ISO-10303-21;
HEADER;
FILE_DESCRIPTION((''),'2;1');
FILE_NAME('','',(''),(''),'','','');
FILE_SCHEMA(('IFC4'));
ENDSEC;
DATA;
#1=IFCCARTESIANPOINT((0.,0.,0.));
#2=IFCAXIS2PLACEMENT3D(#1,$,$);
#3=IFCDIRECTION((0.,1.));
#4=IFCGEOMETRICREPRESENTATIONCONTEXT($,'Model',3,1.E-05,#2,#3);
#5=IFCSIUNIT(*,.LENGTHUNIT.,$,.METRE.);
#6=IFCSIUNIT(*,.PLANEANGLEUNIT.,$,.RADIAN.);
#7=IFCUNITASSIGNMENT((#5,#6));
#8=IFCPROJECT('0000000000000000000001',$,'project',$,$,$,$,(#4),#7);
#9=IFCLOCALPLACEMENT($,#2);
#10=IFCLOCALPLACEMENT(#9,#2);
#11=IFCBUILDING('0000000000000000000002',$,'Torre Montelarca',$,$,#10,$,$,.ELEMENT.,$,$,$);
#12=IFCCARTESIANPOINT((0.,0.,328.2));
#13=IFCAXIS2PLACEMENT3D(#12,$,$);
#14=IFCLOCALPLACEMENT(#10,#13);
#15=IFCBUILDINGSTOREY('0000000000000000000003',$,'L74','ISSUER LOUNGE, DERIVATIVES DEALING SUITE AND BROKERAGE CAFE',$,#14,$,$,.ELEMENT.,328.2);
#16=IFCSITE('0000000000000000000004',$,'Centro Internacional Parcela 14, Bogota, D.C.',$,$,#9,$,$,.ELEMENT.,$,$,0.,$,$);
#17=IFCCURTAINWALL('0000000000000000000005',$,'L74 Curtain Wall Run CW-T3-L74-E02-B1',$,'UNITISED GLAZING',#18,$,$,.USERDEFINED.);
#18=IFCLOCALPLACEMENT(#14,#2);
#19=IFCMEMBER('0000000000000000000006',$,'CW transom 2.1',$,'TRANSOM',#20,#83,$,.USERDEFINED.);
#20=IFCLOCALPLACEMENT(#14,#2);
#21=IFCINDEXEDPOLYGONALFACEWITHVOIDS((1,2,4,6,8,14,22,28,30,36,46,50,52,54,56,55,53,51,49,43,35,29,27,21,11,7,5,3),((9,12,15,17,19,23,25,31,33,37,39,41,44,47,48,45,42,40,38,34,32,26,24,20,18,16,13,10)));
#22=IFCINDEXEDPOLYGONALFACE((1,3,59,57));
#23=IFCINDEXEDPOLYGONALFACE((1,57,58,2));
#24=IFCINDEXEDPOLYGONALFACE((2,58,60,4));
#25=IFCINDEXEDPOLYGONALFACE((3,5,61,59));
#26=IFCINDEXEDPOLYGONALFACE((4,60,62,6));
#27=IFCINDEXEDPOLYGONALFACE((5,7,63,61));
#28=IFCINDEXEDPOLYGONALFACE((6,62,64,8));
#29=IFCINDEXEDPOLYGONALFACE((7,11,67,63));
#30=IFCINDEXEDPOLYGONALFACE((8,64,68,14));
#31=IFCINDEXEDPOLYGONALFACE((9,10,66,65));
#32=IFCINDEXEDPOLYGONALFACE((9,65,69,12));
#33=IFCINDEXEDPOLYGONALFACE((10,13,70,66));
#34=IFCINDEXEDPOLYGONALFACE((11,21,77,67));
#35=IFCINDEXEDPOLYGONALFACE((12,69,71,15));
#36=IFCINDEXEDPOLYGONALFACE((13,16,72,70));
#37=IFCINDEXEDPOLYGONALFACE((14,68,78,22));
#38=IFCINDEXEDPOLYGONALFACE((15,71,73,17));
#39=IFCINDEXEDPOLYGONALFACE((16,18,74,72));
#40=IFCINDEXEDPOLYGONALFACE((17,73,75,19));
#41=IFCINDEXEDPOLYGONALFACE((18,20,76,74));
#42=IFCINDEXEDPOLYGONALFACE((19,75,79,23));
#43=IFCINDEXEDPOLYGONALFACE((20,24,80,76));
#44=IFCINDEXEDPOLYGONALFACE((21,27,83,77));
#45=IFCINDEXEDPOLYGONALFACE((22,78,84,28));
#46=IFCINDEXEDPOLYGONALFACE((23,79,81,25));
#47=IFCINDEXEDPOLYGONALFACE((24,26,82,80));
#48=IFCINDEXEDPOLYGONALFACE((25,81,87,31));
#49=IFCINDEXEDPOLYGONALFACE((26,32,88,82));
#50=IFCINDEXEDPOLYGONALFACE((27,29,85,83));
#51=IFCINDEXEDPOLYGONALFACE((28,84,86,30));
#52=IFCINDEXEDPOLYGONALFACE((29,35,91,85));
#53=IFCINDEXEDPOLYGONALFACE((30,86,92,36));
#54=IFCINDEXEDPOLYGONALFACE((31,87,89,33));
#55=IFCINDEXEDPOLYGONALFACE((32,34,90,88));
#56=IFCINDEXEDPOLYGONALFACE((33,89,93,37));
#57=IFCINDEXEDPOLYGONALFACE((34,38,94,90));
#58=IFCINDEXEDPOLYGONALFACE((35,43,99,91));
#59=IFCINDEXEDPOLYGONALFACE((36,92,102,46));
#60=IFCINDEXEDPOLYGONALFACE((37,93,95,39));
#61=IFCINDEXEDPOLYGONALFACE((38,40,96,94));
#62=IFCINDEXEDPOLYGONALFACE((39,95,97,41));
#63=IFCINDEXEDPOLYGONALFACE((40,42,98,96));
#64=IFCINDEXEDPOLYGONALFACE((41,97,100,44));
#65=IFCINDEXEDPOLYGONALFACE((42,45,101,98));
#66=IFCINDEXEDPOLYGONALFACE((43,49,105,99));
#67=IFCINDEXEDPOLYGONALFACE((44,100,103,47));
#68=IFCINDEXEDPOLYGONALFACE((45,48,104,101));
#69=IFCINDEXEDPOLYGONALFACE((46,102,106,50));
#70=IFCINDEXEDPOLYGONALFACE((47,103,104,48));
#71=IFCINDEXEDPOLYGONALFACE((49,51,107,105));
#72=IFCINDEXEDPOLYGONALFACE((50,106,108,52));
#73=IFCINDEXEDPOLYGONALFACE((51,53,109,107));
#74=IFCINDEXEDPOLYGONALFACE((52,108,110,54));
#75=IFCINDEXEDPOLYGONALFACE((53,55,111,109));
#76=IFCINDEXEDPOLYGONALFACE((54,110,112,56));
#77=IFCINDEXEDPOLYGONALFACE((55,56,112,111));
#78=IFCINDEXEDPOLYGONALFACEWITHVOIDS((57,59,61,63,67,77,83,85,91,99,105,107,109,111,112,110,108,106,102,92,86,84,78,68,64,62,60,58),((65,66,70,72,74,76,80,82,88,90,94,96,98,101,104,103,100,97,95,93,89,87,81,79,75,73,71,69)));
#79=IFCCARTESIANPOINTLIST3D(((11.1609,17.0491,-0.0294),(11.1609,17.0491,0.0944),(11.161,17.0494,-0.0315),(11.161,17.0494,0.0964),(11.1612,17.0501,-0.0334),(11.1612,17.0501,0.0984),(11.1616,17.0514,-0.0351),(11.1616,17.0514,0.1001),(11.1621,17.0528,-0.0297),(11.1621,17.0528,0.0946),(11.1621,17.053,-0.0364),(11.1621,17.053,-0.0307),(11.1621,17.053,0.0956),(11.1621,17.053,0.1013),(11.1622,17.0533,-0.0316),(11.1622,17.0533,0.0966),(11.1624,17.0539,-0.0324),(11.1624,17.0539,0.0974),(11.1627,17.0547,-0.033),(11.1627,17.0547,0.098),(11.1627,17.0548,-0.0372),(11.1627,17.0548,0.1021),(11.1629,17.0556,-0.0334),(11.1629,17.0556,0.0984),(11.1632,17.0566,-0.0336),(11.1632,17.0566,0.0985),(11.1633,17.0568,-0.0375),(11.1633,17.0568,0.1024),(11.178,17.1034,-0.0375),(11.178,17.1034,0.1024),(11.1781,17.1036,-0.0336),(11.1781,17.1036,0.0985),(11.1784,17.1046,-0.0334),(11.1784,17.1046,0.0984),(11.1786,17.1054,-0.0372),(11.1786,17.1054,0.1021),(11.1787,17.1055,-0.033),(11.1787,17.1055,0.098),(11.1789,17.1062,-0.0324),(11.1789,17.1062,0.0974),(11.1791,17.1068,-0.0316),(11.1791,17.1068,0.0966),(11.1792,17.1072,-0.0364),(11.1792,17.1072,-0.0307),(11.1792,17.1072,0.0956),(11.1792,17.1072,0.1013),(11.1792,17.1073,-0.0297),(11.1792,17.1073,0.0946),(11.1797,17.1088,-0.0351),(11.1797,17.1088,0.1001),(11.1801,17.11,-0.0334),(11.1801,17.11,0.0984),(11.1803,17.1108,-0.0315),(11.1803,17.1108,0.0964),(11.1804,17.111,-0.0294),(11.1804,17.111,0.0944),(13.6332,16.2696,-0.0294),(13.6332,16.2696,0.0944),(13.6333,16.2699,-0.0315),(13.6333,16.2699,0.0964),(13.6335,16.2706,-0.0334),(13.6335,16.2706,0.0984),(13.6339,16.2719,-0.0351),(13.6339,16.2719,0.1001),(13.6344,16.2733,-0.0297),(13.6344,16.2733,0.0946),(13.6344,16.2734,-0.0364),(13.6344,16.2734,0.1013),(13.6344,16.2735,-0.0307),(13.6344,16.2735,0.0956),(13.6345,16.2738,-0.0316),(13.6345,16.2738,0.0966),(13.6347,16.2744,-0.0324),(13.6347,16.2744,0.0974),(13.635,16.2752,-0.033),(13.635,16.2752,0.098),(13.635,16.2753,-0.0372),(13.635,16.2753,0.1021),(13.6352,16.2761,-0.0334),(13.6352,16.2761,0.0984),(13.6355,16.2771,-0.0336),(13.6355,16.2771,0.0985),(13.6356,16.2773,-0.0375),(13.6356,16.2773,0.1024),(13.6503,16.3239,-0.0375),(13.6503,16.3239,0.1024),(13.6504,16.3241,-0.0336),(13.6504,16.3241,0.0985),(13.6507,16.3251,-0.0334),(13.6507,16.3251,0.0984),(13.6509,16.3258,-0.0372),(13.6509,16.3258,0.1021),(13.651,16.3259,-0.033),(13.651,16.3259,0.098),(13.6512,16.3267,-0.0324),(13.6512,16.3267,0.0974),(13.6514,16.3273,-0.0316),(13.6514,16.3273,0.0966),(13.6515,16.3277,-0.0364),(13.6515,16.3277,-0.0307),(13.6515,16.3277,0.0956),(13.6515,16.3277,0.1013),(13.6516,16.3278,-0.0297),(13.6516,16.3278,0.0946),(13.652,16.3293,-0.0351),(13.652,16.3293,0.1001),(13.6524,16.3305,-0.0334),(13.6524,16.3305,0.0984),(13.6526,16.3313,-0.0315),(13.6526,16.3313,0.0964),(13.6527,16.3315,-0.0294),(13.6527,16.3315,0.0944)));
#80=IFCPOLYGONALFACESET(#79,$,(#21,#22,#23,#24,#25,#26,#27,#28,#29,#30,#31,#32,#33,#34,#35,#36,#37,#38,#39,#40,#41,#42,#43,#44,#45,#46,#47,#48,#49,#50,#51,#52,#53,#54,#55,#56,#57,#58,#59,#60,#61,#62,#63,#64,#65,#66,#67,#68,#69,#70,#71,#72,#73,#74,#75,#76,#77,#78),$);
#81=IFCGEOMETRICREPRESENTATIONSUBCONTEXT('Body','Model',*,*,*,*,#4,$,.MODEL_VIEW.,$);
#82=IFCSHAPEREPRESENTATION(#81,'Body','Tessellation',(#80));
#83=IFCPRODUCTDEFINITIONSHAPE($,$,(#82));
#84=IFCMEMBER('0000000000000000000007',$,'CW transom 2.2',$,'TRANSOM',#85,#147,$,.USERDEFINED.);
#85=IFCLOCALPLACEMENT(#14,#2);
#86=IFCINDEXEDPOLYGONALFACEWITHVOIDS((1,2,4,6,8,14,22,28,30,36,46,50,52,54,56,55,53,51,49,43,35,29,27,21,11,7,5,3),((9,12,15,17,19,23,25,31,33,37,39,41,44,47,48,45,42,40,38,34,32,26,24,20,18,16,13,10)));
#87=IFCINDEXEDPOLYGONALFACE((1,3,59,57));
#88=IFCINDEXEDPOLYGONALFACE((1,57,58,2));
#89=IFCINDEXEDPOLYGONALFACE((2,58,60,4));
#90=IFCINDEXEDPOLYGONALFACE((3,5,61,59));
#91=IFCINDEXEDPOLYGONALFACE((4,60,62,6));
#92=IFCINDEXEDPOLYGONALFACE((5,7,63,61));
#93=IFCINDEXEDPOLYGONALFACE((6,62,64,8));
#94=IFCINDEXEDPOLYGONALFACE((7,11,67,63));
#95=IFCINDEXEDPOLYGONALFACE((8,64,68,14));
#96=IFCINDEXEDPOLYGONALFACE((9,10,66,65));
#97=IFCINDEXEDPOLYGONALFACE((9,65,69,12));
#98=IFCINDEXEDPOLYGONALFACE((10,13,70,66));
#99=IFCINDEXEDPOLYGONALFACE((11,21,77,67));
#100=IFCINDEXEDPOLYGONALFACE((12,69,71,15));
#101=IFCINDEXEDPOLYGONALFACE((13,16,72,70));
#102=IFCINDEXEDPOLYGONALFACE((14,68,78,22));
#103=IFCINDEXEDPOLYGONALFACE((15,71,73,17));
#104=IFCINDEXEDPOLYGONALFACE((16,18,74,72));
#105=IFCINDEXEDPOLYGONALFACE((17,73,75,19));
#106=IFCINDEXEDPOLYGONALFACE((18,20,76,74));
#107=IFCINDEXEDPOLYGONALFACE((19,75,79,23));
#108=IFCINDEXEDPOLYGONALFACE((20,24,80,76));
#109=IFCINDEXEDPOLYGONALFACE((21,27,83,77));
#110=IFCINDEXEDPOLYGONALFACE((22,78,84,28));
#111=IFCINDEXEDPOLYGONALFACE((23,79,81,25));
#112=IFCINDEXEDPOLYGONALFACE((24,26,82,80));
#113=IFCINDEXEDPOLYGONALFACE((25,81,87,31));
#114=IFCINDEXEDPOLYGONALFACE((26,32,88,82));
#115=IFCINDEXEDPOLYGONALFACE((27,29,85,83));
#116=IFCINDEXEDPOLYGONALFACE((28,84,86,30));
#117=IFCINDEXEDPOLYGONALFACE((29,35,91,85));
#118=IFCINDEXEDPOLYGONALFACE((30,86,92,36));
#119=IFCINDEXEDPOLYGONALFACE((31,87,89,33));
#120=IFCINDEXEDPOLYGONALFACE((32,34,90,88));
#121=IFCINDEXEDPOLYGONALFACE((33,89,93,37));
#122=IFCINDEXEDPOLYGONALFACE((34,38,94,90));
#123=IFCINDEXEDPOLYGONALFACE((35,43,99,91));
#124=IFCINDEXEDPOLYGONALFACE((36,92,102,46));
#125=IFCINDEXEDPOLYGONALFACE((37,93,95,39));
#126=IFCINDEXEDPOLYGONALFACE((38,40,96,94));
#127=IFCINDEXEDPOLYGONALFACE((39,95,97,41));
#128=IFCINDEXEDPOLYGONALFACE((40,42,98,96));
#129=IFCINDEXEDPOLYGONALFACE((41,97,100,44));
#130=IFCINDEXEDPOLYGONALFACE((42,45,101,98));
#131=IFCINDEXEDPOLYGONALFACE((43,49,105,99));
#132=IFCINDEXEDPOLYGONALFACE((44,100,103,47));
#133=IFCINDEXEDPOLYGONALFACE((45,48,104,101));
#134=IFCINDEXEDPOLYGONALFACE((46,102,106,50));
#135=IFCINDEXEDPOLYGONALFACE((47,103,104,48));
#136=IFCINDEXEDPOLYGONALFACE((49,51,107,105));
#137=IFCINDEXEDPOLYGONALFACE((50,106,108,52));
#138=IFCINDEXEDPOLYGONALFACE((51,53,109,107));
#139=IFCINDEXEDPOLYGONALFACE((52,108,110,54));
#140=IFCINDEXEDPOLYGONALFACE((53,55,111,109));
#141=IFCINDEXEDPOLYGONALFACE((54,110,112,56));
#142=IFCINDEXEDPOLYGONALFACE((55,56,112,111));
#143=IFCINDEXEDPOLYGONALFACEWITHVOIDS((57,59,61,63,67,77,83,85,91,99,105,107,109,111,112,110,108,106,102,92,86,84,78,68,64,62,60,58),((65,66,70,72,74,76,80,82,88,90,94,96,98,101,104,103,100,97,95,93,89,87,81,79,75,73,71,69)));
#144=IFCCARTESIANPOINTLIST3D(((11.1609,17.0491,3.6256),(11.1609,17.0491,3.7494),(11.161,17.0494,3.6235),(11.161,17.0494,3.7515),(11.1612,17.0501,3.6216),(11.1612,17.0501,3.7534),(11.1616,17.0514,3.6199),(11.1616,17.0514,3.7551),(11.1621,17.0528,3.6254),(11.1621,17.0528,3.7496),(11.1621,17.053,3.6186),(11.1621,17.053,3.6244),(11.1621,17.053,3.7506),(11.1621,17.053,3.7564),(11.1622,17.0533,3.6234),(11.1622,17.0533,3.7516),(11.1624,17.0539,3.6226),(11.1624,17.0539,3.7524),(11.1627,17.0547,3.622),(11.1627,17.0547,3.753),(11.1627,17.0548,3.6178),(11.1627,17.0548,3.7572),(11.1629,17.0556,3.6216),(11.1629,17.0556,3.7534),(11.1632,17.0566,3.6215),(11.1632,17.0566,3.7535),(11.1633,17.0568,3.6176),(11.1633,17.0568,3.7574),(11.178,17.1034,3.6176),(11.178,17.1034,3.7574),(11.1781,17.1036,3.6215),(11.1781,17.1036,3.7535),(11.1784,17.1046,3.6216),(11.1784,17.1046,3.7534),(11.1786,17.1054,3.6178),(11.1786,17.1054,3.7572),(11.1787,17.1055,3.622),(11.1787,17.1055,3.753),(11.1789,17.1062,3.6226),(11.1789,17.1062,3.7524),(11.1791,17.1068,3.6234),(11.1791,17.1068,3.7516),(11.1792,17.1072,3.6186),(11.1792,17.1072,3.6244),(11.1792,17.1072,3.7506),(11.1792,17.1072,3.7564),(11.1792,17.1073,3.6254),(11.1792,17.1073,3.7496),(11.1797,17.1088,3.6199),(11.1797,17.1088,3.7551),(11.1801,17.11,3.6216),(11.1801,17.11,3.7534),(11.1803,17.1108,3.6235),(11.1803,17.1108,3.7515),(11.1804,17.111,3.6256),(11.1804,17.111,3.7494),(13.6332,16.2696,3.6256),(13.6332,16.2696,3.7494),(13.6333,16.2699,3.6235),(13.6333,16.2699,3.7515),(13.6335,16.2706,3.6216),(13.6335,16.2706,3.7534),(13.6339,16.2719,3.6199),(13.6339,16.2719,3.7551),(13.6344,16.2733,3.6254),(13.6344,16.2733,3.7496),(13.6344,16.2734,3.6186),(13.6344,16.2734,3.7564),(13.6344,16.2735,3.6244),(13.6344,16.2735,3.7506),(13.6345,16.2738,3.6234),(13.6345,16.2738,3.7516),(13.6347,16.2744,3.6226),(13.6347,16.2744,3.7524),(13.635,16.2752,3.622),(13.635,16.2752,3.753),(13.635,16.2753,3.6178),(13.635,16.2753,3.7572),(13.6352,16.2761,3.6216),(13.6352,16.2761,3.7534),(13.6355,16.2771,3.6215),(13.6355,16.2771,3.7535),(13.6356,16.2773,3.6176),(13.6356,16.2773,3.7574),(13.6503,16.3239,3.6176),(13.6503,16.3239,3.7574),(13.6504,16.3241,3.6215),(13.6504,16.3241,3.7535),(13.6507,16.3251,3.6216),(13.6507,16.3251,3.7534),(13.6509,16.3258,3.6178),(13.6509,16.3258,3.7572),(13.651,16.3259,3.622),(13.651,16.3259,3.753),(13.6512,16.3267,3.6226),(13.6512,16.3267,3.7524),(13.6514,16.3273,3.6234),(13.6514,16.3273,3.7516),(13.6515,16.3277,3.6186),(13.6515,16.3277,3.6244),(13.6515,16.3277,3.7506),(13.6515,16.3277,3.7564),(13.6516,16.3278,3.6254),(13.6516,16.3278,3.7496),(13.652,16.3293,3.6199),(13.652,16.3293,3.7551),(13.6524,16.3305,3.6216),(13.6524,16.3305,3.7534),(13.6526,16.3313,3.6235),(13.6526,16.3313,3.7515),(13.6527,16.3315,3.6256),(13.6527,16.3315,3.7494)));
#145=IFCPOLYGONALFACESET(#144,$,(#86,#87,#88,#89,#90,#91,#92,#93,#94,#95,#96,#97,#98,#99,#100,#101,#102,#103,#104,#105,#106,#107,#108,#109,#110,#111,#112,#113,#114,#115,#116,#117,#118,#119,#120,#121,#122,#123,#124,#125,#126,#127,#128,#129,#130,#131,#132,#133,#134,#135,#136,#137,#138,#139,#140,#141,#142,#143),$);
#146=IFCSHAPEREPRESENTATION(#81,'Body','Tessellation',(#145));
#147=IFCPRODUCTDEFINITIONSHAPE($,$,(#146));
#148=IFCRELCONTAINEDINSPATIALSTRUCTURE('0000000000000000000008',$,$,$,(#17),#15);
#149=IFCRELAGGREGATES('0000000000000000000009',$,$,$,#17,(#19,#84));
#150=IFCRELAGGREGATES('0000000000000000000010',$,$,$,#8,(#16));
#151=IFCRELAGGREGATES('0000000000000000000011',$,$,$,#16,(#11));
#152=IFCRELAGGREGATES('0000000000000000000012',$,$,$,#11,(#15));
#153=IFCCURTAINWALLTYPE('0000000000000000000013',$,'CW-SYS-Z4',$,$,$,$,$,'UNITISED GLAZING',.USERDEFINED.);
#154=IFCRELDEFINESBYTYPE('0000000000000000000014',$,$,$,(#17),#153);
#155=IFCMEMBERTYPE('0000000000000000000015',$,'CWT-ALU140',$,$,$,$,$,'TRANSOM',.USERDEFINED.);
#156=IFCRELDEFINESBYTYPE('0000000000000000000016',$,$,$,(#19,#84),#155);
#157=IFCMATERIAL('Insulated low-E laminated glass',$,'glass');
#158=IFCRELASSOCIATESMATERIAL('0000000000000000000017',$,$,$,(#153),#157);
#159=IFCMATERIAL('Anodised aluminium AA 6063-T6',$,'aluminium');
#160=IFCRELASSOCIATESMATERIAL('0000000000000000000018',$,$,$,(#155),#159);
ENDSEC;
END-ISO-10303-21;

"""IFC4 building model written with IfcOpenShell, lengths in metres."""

from ifc_helpers import new_model, si_unit, direction, frame, origin, origin_2d, place, context, subcontext, project, spatial, hollow_rectangle, extrude, source, transform, mapped, material, material_profile, profile_set, type_object, element, aggregate, save


model = new_model("IFC4")

# Units and contexts
model_context = context("Model", 3, precision=1e-05, world=origin(), true_north=direction((0.0, 1.0)))
body_context = subcontext(model_context, "Body", "Model", "MODEL_VIEW")
ifc_project = project(units=[si_unit("LENGTHUNIT", "METRE"), si_unit("PLANEANGLEUNIT", "RADIAN")], contexts=[model_context])

# Site, building, storey
site_placement = place(None, origin())
site = spatial("IfcSite", under=ifc_project, at=site_placement, Name="Centro Internacional Parcela 14, Bogota, D.C.", CompositionType="ELEMENT", RefElevation=0.0)
building_placement = place(site_placement, origin())
building = spatial("IfcBuilding", under=site, at=building_placement, Name="Torre Montelarca", CompositionType="ELEMENT")
storey_placement = place(building_placement, frame((0.0, 0.0, 328.2)))
storey = spatial("IfcBuildingStorey", under=building, at=storey_placement, Name="L74", Description="ISSUER LOUNGE, DERIVATIVES DEALING SUITE AND BROKERAGE CAFE", CompositionType="ELEMENT", Elevation=328.2)

# Curtain wall, members
ifc_material_1 = material(Name="Insulated low-E laminated glass", Category="glass")
curtain_wall_type = type_object("IfcCurtainWallType", Name="CW-SYS-Z4", ElementType="UNITISED GLAZING", PredefinedType="USERDEFINED", material=ifc_material_1)
curtain_wall_1_placement = place(storey_placement, origin())
curtain_wall_1 = element("IfcCurtainWall", 1, at=curtain_wall_1_placement, inside=storey, type_object=curtain_wall_type, Name="L74 Curtain Wall Run CW-T3-L74-E02-B1", ObjectType="UNITISED GLAZING", PredefinedType="USERDEFINED")
ifc_material_2 = material(Name="Anodised aluminium AA 6063-T6", Category="aluminium")
ifc_material_profile_1 = material_profile(ifc_material_2, hollow_rectangle(XDim=0.0649, YDim=0.1399, WallThickness=0.0039, InnerFilletRadius=0.0039, OuterFilletRadius=0.0081, at=origin_2d()), Name="ALU65X140X4", Category="aluminium")
ifc_profile_set_1 = profile_set([ifc_material_profile_1], Name="Anodised aluminium AA 6063-T6")
member_type_1 = type_object("IfcMemberType", Name="CWT-ALU140", ElementType="TRANSOM", PredefinedType="USERDEFINED", material=ifc_profile_set_1)
shared_shape_1 = source(origin(), body_context, "Body", "SweptSolid", [
    extrude(hollow_rectangle(XDim=0.0649, YDim=0.1399, WallThickness=0.0039, InnerFilletRadius=0.0039, OuterFilletRadius=0.0081, at=origin_2d()), origin(), (0.0, 0.0, 1.0), 2.5923),
])
member_1_placement = place(storey_placement, frame((11.1707, 17.0801, 0.0325), z_axis=(0.953718, -0.300703, 0.0), x_axis=(0.300703, 0.953718, 0.0)))
member_1 = element("IfcMember", 2, at=member_1_placement, type_object=member_type_1, Name="CW transom 2.1", ObjectType="TRANSOM", PredefinedType="USERDEFINED", context=body_context, shape_type="MappedRepresentation", body=[
    mapped(shared_shape_1, transform((0.0, 0.0, 0.0), scale=1.0)),
])
member_2_placement = place(storey_placement, frame((11.1707, 17.0801, 3.6875), z_axis=(0.953718, -0.300703, 0.0), x_axis=(0.300703, 0.953718, 0.0)))
member_2 = element("IfcMember", 3, at=member_2_placement, type_object=member_type_1, Name="CW transom 2.2", ObjectType="TRANSOM", PredefinedType="USERDEFINED", context=body_context, shape_type="MappedRepresentation", body=[
    mapped(shared_shape_1, transform((0.0, 0.0, 0.0), scale=1.0)),
])

aggregate(curtain_wall_1, [member_1, member_2])

save(model, "model.ifc")
